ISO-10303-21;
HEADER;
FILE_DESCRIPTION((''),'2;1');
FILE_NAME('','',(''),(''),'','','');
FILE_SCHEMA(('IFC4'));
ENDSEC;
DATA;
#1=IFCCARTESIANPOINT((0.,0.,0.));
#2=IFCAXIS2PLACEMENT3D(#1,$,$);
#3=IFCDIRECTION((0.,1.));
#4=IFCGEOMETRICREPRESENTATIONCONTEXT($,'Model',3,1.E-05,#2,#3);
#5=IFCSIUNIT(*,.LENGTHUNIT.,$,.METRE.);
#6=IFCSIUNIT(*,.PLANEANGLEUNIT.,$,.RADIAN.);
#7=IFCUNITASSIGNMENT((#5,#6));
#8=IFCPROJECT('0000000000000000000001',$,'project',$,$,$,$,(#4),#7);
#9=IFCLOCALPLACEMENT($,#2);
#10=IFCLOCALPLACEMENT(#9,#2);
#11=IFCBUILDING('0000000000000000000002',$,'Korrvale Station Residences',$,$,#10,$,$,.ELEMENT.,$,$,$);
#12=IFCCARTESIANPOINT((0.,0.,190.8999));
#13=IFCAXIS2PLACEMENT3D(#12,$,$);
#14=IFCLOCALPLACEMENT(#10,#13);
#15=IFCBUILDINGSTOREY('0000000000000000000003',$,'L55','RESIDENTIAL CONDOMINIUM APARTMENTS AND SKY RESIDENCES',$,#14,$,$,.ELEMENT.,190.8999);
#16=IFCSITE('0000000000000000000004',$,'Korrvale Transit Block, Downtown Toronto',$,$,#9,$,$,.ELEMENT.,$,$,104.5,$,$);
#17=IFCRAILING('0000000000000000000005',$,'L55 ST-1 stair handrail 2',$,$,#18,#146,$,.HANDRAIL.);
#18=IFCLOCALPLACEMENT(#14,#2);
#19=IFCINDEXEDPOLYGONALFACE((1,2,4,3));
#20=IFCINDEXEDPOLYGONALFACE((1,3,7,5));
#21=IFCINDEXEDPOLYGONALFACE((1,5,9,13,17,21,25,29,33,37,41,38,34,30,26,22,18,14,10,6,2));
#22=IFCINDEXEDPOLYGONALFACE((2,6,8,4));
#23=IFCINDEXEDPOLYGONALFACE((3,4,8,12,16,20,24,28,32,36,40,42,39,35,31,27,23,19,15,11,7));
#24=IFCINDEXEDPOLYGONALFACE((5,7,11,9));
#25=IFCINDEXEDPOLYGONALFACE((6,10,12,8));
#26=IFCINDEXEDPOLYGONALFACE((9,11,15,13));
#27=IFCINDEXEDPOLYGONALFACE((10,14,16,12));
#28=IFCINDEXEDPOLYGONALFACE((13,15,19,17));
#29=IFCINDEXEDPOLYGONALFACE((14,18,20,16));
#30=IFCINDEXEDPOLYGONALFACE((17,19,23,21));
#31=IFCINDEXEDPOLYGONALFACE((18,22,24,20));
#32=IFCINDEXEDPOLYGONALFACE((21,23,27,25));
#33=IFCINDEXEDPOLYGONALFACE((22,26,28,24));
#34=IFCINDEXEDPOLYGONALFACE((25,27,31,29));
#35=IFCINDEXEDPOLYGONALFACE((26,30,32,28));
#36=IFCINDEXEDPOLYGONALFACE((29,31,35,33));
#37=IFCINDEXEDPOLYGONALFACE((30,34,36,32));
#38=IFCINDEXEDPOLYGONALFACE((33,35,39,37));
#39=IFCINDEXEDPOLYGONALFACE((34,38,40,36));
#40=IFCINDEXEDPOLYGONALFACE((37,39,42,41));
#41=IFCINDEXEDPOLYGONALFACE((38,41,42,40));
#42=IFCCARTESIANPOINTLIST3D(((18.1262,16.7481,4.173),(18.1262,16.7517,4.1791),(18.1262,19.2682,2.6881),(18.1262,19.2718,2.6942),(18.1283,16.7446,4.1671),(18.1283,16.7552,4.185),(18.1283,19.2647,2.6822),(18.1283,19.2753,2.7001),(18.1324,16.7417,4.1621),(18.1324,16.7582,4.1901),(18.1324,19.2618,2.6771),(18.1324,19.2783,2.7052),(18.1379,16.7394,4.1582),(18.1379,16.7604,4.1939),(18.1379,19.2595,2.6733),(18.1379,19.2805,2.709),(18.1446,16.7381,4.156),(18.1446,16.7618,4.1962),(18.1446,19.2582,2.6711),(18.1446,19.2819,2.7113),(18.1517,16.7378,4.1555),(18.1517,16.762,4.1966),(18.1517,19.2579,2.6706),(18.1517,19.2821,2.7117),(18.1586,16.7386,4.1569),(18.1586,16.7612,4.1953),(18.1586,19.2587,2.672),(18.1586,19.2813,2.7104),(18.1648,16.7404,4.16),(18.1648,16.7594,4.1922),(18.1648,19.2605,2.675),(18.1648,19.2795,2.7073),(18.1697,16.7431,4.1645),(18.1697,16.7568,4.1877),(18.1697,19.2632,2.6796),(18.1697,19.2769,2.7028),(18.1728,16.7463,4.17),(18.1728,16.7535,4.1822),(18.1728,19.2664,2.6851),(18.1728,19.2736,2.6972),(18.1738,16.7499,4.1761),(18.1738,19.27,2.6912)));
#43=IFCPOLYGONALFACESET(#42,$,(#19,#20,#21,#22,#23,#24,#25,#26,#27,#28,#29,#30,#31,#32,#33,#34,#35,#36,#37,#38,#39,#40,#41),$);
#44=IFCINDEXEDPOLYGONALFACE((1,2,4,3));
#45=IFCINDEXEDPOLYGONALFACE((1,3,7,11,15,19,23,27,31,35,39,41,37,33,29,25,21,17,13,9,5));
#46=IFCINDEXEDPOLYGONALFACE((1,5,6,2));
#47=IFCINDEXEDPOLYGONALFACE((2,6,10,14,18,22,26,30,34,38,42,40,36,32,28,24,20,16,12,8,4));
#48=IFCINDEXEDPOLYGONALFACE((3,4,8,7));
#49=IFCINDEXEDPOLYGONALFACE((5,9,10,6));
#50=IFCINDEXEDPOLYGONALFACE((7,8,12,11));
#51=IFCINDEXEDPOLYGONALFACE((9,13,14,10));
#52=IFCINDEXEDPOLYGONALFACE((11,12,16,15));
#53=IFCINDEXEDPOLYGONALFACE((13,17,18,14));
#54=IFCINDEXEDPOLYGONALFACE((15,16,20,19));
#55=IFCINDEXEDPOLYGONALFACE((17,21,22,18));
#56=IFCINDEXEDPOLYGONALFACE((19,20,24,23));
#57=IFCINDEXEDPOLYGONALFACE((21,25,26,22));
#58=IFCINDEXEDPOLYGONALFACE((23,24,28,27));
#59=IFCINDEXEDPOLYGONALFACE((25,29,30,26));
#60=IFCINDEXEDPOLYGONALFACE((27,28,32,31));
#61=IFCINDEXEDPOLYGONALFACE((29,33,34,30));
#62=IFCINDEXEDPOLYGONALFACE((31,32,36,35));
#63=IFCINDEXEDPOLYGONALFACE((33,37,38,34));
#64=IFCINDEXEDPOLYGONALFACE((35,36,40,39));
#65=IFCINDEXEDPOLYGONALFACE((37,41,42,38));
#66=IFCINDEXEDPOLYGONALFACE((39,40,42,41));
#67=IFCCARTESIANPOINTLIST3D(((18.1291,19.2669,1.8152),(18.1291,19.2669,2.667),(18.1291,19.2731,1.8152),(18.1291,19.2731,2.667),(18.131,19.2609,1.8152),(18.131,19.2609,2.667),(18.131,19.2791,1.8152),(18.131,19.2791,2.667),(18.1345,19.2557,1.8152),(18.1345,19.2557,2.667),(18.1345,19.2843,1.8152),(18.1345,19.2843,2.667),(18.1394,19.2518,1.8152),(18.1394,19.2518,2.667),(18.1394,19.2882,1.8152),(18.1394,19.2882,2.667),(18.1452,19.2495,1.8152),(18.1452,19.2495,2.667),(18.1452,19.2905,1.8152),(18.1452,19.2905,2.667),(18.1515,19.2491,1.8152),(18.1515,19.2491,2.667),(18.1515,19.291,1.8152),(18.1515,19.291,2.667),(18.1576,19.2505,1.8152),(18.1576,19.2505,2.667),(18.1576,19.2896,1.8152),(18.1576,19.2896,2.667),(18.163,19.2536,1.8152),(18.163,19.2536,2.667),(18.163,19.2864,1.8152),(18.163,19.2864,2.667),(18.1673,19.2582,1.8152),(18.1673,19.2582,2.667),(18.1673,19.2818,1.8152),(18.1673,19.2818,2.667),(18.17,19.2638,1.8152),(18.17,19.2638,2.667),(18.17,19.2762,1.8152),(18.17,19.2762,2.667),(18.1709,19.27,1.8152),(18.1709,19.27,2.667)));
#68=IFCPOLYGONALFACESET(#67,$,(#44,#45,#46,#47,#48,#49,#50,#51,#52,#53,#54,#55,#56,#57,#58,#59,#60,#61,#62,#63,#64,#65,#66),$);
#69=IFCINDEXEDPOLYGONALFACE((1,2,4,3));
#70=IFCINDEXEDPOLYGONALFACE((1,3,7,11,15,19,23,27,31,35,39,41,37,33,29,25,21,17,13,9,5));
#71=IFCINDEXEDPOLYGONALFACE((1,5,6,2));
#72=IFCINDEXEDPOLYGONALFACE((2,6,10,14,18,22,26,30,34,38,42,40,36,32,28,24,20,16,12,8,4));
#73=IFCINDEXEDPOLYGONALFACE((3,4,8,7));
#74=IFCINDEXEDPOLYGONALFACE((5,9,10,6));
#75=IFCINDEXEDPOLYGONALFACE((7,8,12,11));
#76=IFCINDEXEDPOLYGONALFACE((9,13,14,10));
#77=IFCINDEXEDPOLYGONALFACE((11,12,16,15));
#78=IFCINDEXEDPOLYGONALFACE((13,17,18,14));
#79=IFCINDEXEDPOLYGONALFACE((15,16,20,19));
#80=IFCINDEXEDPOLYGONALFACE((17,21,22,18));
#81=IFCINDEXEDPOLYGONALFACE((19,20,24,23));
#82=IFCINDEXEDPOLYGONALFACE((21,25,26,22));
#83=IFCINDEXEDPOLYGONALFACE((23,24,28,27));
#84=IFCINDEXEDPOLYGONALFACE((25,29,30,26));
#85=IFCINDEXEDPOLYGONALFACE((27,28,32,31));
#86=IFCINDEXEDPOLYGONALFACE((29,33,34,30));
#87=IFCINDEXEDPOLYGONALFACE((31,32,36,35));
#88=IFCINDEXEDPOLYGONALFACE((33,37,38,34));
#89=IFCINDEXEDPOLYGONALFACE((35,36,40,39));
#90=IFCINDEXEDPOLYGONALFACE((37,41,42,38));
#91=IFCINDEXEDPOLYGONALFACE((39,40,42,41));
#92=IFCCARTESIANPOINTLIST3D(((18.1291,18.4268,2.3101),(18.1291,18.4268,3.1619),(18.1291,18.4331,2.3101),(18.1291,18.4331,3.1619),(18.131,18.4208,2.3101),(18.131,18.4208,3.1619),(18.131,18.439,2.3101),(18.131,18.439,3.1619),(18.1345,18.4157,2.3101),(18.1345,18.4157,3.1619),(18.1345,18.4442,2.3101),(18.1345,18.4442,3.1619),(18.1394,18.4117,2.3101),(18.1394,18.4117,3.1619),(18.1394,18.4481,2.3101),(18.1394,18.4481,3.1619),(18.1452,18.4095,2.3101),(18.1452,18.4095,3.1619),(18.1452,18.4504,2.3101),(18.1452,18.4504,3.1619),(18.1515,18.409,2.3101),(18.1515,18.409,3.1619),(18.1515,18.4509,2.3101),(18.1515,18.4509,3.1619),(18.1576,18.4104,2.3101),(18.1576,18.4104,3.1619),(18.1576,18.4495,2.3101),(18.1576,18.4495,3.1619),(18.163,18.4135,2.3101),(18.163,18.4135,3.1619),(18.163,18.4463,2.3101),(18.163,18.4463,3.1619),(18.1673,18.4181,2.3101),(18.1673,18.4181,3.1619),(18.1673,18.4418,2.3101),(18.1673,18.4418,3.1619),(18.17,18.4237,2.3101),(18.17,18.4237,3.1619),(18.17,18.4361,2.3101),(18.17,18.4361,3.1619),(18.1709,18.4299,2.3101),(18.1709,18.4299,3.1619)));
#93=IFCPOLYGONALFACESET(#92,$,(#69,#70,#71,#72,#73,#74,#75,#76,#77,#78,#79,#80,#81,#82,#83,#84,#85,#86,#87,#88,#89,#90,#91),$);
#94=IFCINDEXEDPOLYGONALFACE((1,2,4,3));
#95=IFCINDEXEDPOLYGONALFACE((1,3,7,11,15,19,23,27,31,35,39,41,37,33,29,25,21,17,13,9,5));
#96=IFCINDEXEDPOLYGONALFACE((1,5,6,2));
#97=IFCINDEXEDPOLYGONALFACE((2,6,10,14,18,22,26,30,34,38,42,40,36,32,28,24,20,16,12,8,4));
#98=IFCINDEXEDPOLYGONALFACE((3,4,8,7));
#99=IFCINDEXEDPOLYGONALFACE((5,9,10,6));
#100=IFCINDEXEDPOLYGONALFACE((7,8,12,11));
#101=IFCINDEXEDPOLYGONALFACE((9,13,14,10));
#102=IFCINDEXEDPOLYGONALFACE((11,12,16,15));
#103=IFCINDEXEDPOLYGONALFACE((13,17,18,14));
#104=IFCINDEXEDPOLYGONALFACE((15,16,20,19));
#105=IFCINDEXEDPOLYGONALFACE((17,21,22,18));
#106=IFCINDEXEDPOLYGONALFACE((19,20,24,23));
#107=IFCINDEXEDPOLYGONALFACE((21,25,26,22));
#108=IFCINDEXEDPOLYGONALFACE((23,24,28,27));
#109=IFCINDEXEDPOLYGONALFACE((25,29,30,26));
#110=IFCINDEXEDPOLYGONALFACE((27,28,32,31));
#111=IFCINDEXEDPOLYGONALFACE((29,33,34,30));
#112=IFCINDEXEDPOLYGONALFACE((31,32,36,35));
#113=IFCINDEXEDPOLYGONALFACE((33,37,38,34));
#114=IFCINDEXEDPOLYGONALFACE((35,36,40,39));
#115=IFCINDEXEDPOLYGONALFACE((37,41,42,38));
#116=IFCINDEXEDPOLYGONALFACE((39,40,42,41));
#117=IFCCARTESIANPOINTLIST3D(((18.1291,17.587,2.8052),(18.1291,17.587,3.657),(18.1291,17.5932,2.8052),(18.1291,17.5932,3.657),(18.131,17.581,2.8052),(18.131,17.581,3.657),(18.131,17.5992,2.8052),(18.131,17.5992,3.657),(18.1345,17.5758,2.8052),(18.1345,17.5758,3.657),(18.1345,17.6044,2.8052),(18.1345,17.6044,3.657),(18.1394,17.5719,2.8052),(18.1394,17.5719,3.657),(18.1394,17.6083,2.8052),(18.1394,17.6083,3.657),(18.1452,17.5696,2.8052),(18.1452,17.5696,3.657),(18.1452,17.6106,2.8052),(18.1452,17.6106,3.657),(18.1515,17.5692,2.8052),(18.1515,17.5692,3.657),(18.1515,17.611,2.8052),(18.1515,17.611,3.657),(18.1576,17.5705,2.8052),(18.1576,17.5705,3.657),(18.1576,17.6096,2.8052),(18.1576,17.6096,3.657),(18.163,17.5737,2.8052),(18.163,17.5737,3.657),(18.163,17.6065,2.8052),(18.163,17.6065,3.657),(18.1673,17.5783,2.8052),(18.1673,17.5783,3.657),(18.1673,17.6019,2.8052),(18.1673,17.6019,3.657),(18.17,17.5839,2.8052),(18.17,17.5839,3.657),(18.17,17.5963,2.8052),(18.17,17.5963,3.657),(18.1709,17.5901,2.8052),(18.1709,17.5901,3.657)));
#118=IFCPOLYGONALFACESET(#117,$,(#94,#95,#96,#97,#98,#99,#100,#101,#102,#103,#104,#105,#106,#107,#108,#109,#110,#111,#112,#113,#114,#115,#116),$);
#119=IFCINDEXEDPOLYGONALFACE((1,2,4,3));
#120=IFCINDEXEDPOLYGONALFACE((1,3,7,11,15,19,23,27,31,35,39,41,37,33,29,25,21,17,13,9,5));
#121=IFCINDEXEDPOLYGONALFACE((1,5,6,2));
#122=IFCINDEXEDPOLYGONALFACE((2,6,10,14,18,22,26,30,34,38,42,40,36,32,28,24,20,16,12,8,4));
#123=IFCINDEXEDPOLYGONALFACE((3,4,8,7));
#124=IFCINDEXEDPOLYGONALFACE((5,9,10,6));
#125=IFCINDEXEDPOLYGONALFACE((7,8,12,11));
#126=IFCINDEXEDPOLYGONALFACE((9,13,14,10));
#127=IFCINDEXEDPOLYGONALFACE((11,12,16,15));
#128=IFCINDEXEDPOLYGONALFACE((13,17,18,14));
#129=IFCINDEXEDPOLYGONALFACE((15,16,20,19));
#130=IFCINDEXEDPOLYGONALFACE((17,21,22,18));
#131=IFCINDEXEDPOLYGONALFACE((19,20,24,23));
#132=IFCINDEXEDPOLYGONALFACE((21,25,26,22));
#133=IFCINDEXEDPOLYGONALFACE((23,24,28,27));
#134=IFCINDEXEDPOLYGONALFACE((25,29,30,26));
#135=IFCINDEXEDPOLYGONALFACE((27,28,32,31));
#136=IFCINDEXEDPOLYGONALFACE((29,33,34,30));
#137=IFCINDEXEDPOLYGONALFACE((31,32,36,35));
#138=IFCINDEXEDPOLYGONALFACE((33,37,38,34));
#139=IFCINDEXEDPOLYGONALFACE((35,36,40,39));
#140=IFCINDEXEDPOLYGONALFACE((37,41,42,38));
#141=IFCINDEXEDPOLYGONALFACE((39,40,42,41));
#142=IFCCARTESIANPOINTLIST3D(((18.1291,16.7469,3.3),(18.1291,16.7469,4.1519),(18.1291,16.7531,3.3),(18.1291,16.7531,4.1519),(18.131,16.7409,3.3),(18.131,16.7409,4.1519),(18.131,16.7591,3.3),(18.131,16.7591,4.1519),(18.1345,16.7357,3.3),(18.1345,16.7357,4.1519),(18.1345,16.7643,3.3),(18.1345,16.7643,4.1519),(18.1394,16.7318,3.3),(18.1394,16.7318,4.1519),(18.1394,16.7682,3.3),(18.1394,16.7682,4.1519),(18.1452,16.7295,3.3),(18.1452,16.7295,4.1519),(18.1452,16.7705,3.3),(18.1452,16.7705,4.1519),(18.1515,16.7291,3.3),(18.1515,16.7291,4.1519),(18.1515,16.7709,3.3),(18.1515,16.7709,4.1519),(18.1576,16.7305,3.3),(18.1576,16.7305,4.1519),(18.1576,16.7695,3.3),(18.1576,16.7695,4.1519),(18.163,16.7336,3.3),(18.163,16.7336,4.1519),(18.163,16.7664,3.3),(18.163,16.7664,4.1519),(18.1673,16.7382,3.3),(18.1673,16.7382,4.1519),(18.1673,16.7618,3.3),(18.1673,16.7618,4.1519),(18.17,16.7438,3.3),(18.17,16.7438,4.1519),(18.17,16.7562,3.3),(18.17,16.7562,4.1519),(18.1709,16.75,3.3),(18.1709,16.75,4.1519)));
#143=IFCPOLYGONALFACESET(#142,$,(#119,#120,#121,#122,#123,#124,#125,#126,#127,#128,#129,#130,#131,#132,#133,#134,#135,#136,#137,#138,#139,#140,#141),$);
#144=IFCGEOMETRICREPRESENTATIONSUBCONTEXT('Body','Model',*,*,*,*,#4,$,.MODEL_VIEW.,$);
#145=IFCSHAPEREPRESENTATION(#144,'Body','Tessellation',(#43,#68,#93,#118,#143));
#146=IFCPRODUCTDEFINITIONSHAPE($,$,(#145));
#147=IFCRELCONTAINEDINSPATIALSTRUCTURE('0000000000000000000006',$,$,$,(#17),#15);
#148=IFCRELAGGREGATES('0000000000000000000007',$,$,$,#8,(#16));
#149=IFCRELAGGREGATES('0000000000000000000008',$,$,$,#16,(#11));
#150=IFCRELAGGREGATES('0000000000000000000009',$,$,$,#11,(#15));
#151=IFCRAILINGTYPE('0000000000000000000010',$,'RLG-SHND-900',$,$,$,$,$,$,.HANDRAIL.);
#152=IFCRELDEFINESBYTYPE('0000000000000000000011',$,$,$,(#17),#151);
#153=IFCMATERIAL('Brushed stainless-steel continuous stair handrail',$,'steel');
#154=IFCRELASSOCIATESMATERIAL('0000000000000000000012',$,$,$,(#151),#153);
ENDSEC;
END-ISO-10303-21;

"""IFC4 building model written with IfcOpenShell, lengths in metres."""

from ifc_helpers import new_model, si_unit, direction, frame, origin, origin_2d, place, context, subcontext, project, spatial, circle, extrude, material, type_object, element, save


model = new_model("IFC4")

# Units and contexts
model_context = context("Model", 3, precision=1e-05, world=origin(), true_north=direction((0.0, 1.0)))
body_context = subcontext(model_context, "Body", "Model", "MODEL_VIEW")
ifc_project = project(units=[si_unit("LENGTHUNIT", "METRE"), si_unit("PLANEANGLEUNIT", "RADIAN")], contexts=[model_context])

# Site, building, storey
site_placement = place(None, origin())
site = spatial("IfcSite", under=ifc_project, at=site_placement, Name="Korrvale Transit Block, Downtown Toronto", CompositionType="ELEMENT", RefElevation=104.5)
building_placement = place(site_placement, origin())
building = spatial("IfcBuilding", under=site, at=building_placement, Name="Korrvale Station Residences", CompositionType="ELEMENT")
storey_placement = place(building_placement, frame((0.0, 0.0, 190.8999)))
storey = spatial("IfcBuildingStorey", under=building, at=storey_placement, Name="L55", Description="RESIDENTIAL CONDOMINIUM APARTMENTS AND SKY RESIDENCES", CompositionType="ELEMENT", Elevation=190.8999)

# Railing
ifc_material_1 = material(Name="Brushed stainless-steel continuous stair handrail", Category="steel")
railing_type_1 = type_object("IfcRailingType", Name="RLG-SHND-900", PredefinedType="HANDRAIL", material=ifc_material_1)
railing_1_placement = place(storey_placement, frame((18.1499, 19.27, 1.8152)))
element("IfcRailing", 1, at=railing_1_placement, inside=storey, type_object=railing_type_1, Name="L55 ST-1 stair handrail 2", PredefinedType="HANDRAIL", context=body_context, shape_type="SweptSolid", body=[
    extrude(circle(Radius=0.0239, at=origin_2d()), frame((0.0, 0.0, 0.876), z_axis=(0.0, -0.861561, 0.507655), x_axis=(1.0, 0.0, 0.0)), (0.0, 0.0, 1.0), 2.925),
    extrude(circle(Radius=0.021, at=origin_2d()), origin(), (0.0, 0.0, 1.0), 0.8518),
    extrude(circle(Radius=0.021, at=origin_2d()), frame((0.0, -0.8401, 0.4949)), (0.0, 0.0, 1.0), 0.8518),
    extrude(circle(Radius=0.021, at=origin_2d()), frame((0.0, -1.6799, 0.99)), (0.0, 0.0, 1.0), 0.8518),
    extrude(circle(Radius=0.021, at=origin_2d()), frame((0.0, -2.52, 1.4849)), (0.0, 0.0, 1.0), 0.8518),
])

save(model, "model.ifc")
